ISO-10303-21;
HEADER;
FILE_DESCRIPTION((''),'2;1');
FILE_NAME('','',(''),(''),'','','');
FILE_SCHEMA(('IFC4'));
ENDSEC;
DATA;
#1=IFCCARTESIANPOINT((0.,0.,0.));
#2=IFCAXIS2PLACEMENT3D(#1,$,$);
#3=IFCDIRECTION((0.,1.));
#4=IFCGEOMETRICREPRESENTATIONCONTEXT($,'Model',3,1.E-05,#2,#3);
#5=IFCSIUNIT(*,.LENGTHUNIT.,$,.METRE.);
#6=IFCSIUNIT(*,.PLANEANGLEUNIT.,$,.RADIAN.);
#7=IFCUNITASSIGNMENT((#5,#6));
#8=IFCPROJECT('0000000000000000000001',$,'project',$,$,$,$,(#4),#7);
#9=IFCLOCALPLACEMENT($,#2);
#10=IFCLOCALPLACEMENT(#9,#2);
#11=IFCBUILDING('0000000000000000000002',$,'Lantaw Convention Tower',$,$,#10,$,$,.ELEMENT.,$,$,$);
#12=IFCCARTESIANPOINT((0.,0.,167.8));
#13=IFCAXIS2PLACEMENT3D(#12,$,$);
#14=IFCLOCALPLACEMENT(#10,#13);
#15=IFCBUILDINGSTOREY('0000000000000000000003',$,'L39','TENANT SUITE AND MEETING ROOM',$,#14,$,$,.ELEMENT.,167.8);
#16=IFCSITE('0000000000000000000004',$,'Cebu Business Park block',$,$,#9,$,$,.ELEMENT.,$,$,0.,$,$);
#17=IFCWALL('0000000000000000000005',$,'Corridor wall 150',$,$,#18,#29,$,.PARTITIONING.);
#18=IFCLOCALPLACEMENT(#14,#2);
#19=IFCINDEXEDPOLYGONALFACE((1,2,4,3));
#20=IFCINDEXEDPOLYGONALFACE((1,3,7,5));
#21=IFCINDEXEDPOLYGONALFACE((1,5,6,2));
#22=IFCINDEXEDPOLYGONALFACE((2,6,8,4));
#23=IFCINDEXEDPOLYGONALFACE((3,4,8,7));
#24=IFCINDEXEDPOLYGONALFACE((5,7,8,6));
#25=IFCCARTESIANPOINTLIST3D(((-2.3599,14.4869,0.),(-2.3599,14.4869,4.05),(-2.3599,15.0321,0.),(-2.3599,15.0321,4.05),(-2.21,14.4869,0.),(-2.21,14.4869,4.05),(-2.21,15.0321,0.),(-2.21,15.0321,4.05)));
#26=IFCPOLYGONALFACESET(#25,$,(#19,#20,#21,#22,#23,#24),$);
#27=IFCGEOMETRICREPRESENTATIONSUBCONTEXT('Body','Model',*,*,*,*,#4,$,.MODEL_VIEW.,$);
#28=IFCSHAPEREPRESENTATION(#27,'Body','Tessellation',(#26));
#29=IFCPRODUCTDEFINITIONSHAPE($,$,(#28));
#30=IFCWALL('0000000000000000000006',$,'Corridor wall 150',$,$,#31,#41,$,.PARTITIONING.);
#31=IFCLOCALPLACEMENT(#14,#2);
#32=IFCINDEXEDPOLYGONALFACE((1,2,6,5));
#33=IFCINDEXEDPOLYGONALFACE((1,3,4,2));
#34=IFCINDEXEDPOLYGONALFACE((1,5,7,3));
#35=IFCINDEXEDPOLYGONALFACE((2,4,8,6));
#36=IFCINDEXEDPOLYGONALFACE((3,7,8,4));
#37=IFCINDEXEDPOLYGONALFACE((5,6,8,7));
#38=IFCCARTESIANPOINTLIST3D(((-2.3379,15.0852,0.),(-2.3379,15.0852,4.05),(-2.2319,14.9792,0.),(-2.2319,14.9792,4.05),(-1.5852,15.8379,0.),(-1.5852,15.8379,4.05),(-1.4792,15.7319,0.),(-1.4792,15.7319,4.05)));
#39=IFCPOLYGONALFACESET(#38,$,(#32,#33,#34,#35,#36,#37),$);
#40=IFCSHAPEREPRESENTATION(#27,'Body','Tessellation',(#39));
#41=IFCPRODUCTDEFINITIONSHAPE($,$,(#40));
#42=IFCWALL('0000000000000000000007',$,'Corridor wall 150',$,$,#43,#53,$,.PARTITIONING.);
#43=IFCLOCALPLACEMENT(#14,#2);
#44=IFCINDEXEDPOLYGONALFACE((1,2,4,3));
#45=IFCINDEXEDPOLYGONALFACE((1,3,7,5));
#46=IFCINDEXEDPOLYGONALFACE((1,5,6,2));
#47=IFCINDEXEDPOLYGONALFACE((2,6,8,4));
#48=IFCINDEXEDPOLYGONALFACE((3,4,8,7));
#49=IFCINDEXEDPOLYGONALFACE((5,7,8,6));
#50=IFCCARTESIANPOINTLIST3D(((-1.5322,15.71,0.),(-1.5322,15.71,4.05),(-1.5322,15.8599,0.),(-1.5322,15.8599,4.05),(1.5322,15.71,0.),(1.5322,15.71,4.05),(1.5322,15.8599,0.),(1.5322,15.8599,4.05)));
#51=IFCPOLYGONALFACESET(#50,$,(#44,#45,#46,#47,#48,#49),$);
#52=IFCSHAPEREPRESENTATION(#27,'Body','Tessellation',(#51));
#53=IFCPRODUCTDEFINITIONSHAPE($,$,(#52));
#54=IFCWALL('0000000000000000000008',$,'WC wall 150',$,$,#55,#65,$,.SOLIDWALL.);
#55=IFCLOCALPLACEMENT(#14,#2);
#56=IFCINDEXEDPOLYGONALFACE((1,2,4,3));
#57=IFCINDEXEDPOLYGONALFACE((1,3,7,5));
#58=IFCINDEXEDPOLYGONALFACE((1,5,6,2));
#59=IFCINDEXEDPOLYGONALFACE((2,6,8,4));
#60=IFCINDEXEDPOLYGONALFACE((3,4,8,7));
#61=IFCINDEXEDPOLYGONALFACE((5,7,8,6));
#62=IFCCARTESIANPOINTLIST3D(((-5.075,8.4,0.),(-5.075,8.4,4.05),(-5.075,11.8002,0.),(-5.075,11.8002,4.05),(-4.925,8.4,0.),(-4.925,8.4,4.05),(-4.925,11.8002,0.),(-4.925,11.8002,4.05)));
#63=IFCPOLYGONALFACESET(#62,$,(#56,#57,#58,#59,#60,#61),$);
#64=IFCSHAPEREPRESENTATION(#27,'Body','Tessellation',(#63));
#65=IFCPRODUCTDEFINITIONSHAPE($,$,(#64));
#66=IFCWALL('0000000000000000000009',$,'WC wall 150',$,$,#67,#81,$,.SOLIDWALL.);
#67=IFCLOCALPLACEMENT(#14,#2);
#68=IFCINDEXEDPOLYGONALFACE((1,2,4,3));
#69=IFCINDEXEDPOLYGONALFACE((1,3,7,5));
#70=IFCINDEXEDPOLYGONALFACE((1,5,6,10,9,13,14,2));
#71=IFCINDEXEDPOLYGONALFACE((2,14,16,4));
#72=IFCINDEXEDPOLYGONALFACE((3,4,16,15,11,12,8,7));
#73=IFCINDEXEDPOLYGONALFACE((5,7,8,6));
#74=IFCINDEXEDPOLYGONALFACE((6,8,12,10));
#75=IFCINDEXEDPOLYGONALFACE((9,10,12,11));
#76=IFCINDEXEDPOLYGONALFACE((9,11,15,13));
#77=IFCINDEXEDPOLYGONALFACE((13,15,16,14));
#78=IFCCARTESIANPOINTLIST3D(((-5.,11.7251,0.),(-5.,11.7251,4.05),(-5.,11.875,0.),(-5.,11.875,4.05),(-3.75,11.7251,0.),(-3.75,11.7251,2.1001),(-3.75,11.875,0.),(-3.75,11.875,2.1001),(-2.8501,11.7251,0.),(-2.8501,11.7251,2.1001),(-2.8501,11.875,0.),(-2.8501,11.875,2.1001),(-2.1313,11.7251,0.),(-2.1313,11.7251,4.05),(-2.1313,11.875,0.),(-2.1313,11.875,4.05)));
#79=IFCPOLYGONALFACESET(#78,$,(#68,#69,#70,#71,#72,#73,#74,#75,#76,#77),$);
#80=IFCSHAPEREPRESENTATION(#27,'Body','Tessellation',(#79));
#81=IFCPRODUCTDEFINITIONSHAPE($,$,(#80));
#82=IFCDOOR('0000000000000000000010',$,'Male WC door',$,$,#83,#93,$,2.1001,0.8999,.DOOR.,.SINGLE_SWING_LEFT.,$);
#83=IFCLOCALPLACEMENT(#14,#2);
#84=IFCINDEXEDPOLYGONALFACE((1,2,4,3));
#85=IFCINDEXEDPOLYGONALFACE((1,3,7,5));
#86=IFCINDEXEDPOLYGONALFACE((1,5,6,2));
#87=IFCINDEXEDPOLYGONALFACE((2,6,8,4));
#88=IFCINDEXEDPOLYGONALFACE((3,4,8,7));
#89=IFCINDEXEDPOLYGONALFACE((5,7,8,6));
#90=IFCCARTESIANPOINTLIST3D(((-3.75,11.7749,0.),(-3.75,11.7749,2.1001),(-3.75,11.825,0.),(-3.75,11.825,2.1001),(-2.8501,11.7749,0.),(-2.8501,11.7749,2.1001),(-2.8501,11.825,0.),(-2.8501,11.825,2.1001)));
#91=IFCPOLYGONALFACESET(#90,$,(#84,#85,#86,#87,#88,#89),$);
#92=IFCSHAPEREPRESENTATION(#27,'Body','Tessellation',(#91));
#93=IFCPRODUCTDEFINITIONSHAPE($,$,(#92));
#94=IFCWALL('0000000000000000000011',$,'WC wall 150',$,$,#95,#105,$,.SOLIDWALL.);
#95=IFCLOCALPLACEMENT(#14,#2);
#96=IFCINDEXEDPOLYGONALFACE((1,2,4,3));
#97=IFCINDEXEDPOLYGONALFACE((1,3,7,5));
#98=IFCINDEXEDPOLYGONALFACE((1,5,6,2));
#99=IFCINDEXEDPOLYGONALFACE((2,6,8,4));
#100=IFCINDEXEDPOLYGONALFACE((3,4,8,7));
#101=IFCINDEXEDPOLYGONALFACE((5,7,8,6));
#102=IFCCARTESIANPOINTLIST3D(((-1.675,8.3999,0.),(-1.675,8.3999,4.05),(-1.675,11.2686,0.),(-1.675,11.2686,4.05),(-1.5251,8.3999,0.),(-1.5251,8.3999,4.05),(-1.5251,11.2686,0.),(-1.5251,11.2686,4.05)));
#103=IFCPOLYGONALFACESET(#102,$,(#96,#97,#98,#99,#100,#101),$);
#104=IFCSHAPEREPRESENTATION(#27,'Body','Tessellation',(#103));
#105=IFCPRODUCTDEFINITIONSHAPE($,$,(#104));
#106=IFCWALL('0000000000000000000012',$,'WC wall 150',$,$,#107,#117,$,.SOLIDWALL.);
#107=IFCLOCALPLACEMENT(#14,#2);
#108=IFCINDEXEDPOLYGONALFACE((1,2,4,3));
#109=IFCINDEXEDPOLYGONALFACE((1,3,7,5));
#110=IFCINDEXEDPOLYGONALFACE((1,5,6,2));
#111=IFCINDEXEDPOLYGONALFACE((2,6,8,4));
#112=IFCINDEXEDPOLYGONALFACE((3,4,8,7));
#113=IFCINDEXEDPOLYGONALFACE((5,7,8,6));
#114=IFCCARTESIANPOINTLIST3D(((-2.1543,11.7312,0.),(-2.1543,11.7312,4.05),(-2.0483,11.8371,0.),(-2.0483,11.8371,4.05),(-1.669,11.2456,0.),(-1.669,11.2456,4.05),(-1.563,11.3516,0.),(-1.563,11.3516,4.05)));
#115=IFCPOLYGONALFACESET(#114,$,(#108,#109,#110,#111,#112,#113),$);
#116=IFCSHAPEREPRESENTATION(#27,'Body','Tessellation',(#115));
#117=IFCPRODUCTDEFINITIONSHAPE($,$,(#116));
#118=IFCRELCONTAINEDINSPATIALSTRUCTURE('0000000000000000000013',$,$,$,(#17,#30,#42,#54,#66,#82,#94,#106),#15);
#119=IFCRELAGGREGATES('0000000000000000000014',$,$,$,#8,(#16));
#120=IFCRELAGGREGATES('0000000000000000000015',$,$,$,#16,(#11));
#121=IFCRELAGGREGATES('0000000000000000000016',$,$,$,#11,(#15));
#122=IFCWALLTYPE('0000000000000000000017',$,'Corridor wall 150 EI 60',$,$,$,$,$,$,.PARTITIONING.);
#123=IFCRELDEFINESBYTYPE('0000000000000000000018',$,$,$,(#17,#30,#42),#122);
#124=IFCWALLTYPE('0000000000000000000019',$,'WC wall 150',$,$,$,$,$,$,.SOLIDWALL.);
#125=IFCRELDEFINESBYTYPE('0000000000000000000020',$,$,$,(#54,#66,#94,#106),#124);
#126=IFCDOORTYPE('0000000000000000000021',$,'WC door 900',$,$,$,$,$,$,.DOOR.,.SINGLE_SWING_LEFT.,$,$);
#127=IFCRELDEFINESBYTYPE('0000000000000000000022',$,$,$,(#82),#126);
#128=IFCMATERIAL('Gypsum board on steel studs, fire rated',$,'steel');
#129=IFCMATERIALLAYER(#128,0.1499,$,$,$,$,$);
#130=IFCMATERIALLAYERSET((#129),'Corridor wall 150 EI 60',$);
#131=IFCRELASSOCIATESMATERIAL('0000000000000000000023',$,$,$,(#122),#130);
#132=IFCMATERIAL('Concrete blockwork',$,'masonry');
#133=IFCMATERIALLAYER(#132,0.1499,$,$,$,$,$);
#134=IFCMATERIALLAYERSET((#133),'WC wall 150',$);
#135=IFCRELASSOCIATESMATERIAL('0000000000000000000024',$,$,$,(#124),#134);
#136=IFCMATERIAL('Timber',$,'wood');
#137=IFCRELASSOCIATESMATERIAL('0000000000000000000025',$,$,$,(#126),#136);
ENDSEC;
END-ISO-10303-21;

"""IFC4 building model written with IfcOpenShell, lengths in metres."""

from ifc_helpers import new_model, si_unit, direction, frame, frame_2d, origin, place, context, subcontext, project, spatial, rectangle, extrude, material, layer, layer_set, type_object, element, fill, save


model = new_model("IFC4")

# Units and contexts
model_context = context("Model", 3, precision=1e-05, world=origin(), true_north=direction((0.0, 1.0)))
body_context = subcontext(model_context, "Body", "Model", "MODEL_VIEW")
ifc_project = project(units=[si_unit("LENGTHUNIT", "METRE"), si_unit("PLANEANGLEUNIT", "RADIAN")], contexts=[model_context])

# Site, building, storey
site_placement = place(None, origin())
site = spatial("IfcSite", under=ifc_project, at=site_placement, Name="Cebu Business Park block", CompositionType="ELEMENT", RefElevation=0.0)
building_placement = place(site_placement, origin())
building = spatial("IfcBuilding", under=site, at=building_placement, Name="Lantaw Convention Tower", CompositionType="ELEMENT")
storey_placement = place(building_placement, frame((0.0, 0.0, 167.8)))
storey = spatial("IfcBuildingStorey", under=building, at=storey_placement, Name="L39", Description="TENANT SUITE AND MEETING ROOM", CompositionType="ELEMENT", Elevation=167.8)

# Shared definitions
ifc_material_1 = material(Name="Gypsum board on steel studs, fire rated", Category="steel")
ifc_layer_1 = layer(ifc_material_1, 0.1499)
ifc_layer_set_1 = layer_set([ifc_layer_1], Name="Corridor wall 150 EI 60")
wall_type_1 = type_object("IfcWallType", Name="Corridor wall 150 EI 60", PredefinedType="PARTITIONING", material=ifc_layer_set_1)

# Walls
wall_1_placement = place(storey_placement, frame((-2.2849, 14.4871, 0.0), z_axis=(0.0, 0.0, 1.0), x_axis=(0.0, 1.0, 0.0)))
element("IfcWall", 1, at=wall_1_placement, inside=storey, type_object=wall_type_1, Name="Corridor wall 150", PredefinedType="PARTITIONING", context=body_context, shape_type="SweptSolid", body=[
    extrude(rectangle(XDim=0.5452, YDim=0.1499, at=frame_2d((0.2725, 0.0))), origin(), (0.0, 0.0, 1.0), 4.05),
])
wall_2_placement = place(storey_placement, frame((-2.2849, 15.0322, 0.0), z_axis=(0.0, 0.0, 1.0), x_axis=(0.707107, 0.707107, 0.0)))
element("IfcWall", 2, at=wall_2_placement, inside=storey, type_object=wall_type_1, Name="Corridor wall 150", PredefinedType="PARTITIONING", context=body_context, shape_type="SweptSolid", body=[
    extrude(rectangle(XDim=1.0645, YDim=0.1499, at=frame_2d((0.5322, 0.0))), origin(), (0.0, 0.0, 1.0), 4.05),
])
wall_3_placement = place(storey_placement, frame((-1.5322, 15.7849, 0.0), z_axis=(0.0, 0.0, 1.0), x_axis=(1.0, 0.0, 0.0)))
element("IfcWall", 3, at=wall_3_placement, inside=storey, type_object=wall_type_1, Name="Corridor wall 150", PredefinedType="PARTITIONING", context=body_context, shape_type="SweptSolid", body=[
    extrude(rectangle(XDim=3.0645, YDim=0.1499, at=frame_2d((1.5322, 0.0))), origin(), (0.0, 0.0, 1.0), 4.05),
])
ifc_material_2 = material(Name="Concrete blockwork", Category="masonry")
ifc_layer_2 = layer(ifc_material_2, 0.1499)
ifc_layer_set_2 = layer_set([ifc_layer_2], Name="WC wall 150")
wall_type_2 = type_object("IfcWallType", Name="WC wall 150", PredefinedType="SOLIDWALL", material=ifc_layer_set_2)
wall_4_placement = place(storey_placement, frame((-5.0, 8.3999, 0.0), z_axis=(0.0, 0.0, 1.0), x_axis=(0.0, 1.0, 0.0)))
element("IfcWall", 4, at=wall_4_placement, inside=storey, type_object=wall_type_2, Name="WC wall 150", PredefinedType="SOLIDWALL", context=body_context, shape_type="SweptSolid", body=[
    extrude(rectangle(XDim=3.4001, YDim=0.1499, at=frame_2d((1.7002, 0.0))), origin(), (0.0, 0.0, 1.0), 4.05),
])

# Wall, opening, door
wall_5_placement = place(storey_placement, frame((-5.0, 11.8, 0.0), z_axis=(0.0, 0.0, 1.0), x_axis=(1.0, 0.0, 0.0)))
wall_5 = element("IfcWall", 5, at=wall_5_placement, inside=storey, type_object=wall_type_2, Name="WC wall 150", PredefinedType="SOLIDWALL", context=body_context, shape_type="SweptSolid", body=[
    extrude(rectangle(XDim=2.8687, YDim=0.1499, at=frame_2d((1.4343, 0.0))), origin(), (0.0, 0.0, 1.0), 4.05),
])
opening_1_placement = place(wall_5_placement, frame((1.25, 0.0, 0.0)))
opening_1 = element("IfcOpeningElement", 6, at=opening_1_placement, cuts=wall_5, PredefinedType="OPENING", context=body_context, shape_type="SweptSolid", body=[
    extrude(rectangle(XDim=0.8999, YDim=2.1001, at=frame_2d((0.45, 1.05))), frame((0.0, 0.085, 0.0), z_axis=(0.0, -1.0, 0.0), x_axis=(1.0, 0.0, 0.0)), (0.0, 0.0, 1.0), 0.1699),
])
ifc_material_3 = material(Name="Timber", Category="wood")
door_type_1 = type_object("IfcDoorType", Name="WC door 900", OperationType="SINGLE_SWING_LEFT", PredefinedType="DOOR", material=ifc_material_3)
door_1_placement = place(opening_1_placement, origin())
door_1 = element("IfcDoor", 7, at=door_1_placement, inside=storey, type_object=door_type_1, Name="Male WC door", OperationType="SINGLE_SWING_LEFT", OverallHeight=2.1001, OverallWidth=0.8999, PredefinedType="DOOR", context=body_context, shape_type="SweptSolid", body=[
    extrude(rectangle(XDim=0.8999, YDim=2.1001, at=frame_2d((0.45, 1.05))), frame((0.0, 0.0249, 0.0), z_axis=(0.0, -1.0, 0.0), x_axis=(1.0, 0.0, 0.0)), (0.0, 0.0, 1.0), 0.05),
])
fill(opening_1, door_1)

# Walls
wall_6_placement = place(storey_placement, frame((-1.6001, 8.3999, 0.0), z_axis=(0.0, 0.0, 1.0), x_axis=(0.0, 1.0, 0.0)))
element("IfcWall", 8, at=wall_6_placement, inside=storey, type_object=wall_type_2, Name="WC wall 150", PredefinedType="SOLIDWALL", context=body_context, shape_type="SweptSolid", body=[
    extrude(rectangle(XDim=2.8687, YDim=0.1499, at=frame_2d((1.4343, 0.0))), origin(), (0.0, 0.0, 1.0), 4.05),
])
wall_7_placement = place(storey_placement, frame((-1.616, 11.2986, 0.0), z_axis=(0.0, 0.0, 1.0), x_axis=(-0.706929, 0.707285, 0.0)))
element("IfcWall", 9, at=wall_7_placement, inside=storey, type_object=wall_type_2, Name="WC wall 150", PredefinedType="SOLIDWALL", context=body_context, shape_type="SweptSolid", body=[
    extrude(rectangle(XDim=0.6865, YDim=0.1499, at=frame_2d((0.3433, 0.0))), origin(), (0.0, 0.0, 1.0), 4.05),
])

save(model, "model.ifc")
